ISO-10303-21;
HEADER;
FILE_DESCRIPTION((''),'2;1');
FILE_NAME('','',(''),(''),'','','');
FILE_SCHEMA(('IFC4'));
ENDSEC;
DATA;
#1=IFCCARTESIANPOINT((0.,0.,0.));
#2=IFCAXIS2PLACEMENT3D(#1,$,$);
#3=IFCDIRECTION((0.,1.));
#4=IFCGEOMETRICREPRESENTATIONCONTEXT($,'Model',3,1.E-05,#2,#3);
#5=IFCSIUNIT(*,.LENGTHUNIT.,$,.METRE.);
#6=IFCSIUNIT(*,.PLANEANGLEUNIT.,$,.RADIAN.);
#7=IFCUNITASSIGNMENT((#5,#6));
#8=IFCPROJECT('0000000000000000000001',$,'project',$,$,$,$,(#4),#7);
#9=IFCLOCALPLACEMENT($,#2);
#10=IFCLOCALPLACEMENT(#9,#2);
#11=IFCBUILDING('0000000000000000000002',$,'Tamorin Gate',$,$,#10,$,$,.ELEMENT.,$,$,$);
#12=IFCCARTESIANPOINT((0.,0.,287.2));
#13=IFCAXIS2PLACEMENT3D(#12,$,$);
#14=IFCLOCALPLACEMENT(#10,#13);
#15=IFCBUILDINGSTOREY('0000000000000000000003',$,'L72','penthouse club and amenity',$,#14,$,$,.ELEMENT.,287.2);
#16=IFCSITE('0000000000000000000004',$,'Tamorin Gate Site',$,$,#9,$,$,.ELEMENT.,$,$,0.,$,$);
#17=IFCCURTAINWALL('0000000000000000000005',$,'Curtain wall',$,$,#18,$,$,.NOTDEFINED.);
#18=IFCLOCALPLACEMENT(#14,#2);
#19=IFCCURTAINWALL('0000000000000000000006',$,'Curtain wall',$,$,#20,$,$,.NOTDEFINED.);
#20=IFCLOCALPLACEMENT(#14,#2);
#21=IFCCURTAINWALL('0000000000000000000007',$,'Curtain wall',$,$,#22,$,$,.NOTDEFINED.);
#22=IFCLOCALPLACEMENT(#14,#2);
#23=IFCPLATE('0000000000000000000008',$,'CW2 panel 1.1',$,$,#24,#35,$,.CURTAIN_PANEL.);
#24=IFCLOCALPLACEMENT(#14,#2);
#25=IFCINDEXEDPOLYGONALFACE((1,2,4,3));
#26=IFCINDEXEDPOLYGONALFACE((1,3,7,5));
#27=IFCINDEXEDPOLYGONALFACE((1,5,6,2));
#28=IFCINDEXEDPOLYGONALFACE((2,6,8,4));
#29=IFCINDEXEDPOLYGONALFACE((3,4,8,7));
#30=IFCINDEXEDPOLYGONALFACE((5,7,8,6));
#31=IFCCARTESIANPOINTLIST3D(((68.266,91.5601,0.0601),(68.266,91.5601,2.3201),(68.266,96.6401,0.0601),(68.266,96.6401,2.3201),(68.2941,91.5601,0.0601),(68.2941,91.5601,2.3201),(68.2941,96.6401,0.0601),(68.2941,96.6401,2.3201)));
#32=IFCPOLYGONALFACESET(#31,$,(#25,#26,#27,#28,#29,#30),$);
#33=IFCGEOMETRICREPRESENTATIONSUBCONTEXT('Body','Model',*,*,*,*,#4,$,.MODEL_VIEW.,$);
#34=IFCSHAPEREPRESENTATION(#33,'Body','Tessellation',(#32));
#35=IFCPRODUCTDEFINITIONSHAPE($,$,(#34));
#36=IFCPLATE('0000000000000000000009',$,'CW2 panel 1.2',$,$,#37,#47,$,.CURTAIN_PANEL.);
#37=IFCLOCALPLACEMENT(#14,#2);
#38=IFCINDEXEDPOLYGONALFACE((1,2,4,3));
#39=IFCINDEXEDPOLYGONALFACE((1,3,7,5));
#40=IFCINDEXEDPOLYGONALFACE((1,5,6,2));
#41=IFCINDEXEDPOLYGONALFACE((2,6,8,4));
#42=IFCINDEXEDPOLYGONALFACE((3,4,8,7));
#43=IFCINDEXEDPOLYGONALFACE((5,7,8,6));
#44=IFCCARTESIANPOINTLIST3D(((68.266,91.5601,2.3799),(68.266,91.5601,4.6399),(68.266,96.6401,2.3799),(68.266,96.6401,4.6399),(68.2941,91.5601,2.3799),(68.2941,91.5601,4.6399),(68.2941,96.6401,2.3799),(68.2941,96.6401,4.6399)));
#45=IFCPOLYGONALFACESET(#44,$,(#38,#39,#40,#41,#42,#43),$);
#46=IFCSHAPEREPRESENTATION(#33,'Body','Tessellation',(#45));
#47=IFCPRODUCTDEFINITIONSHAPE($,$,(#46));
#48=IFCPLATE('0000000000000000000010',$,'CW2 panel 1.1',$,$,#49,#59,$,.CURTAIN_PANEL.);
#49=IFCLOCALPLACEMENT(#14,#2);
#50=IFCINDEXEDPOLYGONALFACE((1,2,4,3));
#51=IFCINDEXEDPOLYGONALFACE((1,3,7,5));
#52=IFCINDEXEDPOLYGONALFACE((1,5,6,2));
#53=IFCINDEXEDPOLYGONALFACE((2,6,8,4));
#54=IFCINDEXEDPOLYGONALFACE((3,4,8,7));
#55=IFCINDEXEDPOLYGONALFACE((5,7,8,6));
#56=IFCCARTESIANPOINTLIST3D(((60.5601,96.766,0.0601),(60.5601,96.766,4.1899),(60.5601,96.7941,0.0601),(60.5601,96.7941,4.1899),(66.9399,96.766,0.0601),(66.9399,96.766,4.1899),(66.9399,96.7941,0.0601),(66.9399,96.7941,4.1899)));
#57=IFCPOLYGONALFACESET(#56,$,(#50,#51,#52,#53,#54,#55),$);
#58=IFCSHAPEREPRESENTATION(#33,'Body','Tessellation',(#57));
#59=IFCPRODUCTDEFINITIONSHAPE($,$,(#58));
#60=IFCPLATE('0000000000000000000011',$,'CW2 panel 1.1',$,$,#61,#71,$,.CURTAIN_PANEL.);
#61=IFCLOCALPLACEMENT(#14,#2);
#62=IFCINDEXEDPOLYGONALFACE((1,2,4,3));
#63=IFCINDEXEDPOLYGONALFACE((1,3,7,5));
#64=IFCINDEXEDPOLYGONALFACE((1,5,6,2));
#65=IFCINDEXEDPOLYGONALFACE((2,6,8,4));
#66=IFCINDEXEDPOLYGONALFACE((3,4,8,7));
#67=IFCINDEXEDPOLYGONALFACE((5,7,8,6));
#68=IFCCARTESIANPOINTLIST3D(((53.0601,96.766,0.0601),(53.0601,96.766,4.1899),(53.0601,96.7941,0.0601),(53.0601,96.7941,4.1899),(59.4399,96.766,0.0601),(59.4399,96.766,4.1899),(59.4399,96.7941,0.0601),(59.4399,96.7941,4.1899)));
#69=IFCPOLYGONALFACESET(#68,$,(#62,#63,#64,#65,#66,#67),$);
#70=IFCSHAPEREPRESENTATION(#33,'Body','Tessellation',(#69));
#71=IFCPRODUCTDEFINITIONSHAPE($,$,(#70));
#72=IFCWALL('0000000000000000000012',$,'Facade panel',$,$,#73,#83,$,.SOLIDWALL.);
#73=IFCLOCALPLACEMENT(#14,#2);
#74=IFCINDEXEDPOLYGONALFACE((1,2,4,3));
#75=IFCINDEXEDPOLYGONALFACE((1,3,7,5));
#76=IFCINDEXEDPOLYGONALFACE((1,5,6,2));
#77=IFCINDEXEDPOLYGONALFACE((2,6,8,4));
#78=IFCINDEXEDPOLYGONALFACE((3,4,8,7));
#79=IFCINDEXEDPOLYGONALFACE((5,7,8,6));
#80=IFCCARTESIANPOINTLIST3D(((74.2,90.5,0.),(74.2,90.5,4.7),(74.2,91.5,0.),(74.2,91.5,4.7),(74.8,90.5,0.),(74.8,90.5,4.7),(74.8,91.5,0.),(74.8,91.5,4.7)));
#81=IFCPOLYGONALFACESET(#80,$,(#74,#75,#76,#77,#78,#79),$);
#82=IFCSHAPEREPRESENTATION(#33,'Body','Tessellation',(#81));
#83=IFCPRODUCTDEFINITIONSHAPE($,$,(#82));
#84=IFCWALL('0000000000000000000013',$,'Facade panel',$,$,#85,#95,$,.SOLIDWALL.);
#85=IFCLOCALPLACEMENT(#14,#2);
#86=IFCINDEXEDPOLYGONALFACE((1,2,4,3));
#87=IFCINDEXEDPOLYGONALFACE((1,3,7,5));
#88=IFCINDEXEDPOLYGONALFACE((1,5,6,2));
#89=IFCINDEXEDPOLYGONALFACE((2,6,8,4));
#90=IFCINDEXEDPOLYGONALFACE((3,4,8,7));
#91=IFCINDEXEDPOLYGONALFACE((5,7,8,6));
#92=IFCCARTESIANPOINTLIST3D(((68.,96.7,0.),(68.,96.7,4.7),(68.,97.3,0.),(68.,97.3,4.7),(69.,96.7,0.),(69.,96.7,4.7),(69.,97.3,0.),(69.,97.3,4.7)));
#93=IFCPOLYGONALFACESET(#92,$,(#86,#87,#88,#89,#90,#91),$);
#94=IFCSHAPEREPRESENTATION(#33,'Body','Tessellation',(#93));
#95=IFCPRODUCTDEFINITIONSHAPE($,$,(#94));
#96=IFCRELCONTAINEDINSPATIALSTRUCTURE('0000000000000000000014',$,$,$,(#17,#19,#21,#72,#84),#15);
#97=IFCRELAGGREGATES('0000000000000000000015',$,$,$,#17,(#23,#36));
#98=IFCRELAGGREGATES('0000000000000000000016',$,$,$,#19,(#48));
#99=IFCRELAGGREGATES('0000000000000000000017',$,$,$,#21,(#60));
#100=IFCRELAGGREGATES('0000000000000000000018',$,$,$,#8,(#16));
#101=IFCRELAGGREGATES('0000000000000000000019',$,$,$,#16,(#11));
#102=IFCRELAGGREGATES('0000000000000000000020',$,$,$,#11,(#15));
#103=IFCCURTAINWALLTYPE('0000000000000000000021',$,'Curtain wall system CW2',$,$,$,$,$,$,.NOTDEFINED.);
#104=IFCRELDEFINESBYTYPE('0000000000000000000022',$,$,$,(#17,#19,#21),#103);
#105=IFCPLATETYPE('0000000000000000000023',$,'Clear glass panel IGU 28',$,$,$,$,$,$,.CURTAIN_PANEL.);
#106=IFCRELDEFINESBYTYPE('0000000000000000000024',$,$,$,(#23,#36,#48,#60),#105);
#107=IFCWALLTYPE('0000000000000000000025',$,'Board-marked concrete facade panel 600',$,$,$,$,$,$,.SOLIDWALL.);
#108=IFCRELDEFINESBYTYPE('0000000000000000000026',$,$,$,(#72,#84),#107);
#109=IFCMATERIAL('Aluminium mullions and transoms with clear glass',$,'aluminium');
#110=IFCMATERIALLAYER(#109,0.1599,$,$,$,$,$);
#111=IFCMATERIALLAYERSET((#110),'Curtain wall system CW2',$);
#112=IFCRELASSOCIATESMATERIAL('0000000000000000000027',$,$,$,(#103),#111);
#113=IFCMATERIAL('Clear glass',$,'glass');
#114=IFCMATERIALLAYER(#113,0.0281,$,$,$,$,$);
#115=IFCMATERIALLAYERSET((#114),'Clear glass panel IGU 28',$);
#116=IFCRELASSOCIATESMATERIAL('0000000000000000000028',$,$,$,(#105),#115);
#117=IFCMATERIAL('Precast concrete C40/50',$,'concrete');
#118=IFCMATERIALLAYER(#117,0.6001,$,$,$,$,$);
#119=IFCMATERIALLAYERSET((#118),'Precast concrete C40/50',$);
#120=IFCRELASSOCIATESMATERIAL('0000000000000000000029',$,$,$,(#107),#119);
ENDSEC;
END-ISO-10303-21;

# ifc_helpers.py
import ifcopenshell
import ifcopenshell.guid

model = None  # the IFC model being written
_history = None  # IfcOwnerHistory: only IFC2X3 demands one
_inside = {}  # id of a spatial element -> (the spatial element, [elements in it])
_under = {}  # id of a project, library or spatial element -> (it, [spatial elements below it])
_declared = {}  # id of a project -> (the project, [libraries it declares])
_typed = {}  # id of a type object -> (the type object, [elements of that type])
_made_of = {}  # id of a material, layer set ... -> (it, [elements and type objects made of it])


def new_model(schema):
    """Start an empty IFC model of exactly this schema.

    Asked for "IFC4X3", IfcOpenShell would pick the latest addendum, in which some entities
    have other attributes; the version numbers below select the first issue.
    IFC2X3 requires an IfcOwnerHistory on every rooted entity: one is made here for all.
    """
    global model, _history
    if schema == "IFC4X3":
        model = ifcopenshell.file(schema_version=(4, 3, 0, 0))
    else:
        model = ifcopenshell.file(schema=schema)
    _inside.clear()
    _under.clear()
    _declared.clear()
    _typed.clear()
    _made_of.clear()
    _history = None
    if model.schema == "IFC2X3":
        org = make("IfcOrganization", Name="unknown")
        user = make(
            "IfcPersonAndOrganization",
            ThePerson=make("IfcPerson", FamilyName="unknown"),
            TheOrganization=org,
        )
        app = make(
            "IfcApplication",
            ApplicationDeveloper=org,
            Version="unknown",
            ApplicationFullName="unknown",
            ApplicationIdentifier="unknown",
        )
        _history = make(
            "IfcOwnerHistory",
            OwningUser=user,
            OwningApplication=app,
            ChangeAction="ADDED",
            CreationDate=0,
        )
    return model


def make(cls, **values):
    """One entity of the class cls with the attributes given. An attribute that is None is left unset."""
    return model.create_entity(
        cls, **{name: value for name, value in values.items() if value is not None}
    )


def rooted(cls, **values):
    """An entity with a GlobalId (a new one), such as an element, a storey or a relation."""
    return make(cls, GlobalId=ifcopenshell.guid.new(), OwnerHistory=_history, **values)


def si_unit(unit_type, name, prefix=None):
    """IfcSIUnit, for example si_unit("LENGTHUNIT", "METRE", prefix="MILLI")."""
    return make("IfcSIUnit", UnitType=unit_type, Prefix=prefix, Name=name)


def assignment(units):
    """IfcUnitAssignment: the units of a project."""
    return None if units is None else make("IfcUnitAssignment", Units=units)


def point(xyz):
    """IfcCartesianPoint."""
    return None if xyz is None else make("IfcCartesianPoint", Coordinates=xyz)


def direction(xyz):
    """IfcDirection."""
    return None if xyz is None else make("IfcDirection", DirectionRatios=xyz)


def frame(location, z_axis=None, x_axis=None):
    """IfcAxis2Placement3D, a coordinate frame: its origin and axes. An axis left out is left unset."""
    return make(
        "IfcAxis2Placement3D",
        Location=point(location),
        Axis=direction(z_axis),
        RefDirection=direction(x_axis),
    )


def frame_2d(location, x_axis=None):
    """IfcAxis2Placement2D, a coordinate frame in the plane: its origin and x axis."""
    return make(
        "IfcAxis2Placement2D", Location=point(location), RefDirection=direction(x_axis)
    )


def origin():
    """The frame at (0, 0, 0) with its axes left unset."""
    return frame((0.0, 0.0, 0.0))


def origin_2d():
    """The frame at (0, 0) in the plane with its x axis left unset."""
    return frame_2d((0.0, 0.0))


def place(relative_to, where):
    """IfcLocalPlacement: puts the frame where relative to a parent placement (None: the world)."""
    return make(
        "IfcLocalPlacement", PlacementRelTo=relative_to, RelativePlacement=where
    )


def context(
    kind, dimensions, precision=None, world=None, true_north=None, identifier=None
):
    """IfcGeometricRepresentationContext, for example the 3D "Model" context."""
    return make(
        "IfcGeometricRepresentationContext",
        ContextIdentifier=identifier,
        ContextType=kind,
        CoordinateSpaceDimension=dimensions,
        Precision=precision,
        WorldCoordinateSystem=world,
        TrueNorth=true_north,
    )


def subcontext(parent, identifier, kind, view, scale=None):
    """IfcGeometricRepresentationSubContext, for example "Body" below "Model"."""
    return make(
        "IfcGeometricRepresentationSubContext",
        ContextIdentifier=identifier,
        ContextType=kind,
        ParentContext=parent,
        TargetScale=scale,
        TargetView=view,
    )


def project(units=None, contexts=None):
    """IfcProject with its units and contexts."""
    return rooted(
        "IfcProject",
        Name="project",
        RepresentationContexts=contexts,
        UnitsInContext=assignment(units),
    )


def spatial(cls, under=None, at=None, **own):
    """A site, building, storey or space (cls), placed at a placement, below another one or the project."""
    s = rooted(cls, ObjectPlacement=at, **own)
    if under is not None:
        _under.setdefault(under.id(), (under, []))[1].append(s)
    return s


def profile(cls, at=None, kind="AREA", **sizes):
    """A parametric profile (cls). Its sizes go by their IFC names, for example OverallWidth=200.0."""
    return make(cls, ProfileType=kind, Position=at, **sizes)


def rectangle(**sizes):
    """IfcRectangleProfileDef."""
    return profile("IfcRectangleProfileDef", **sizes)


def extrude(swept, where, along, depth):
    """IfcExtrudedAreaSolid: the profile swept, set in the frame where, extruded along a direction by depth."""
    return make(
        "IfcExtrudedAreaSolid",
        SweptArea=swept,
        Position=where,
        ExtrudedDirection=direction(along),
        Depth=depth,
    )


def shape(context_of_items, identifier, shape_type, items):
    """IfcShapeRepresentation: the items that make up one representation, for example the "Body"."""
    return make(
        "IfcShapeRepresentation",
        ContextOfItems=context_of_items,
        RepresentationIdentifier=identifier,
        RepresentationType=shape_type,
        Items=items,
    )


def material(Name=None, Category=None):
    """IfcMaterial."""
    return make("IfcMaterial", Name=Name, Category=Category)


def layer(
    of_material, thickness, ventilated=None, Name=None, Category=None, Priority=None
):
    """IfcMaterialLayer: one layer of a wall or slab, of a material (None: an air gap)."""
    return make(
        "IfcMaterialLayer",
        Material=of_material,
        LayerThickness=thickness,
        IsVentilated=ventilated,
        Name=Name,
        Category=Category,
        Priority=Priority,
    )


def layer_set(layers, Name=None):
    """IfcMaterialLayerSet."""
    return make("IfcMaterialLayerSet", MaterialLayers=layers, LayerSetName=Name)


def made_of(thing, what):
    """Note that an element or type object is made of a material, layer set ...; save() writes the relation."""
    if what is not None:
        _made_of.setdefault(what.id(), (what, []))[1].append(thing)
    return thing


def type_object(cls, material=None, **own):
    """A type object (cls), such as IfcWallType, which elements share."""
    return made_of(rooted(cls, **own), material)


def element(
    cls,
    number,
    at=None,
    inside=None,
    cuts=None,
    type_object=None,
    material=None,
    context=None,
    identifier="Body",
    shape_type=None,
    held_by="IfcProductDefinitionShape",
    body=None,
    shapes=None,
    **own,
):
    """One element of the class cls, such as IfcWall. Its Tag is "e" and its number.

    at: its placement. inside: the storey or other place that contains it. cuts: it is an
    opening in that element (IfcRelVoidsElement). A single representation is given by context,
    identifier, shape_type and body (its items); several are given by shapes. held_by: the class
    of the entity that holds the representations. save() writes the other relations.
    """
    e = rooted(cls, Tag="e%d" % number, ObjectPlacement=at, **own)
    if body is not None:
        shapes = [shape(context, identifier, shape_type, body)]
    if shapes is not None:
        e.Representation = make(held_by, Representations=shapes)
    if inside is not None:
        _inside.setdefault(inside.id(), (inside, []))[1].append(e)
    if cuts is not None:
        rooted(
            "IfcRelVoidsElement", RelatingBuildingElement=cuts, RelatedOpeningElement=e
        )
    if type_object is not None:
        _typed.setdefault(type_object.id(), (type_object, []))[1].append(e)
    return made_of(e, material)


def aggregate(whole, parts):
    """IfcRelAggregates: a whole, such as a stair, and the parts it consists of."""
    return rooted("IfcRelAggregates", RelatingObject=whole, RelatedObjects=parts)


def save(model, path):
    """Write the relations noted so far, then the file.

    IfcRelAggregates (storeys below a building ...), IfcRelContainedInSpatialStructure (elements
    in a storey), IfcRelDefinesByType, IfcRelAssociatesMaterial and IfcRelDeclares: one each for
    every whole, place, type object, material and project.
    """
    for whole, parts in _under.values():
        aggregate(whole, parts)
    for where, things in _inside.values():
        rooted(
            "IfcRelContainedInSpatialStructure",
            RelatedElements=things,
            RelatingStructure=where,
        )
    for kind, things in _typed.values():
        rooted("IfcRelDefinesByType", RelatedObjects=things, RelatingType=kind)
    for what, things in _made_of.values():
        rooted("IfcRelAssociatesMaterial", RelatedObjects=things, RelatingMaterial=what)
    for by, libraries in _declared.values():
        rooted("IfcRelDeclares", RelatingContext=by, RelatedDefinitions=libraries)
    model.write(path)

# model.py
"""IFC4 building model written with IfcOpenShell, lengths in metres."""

from ifc_helpers import new_model, si_unit, direction, frame, frame_2d, origin, origin_2d, place, context, subcontext, project, spatial, rectangle, extrude, material, layer, layer_set, type_object, element, aggregate, save


model = new_model("IFC4")

# Units and contexts
model_context = context("Model", 3, precision=1e-05, world=origin(), true_north=direction((0.0, 1.0)))
body_context = subcontext(model_context, "Body", "Model", "MODEL_VIEW")
ifc_project = project(units=[si_unit("LENGTHUNIT", "METRE"), si_unit("PLANEANGLEUNIT", "RADIAN")], contexts=[model_context])

# Site, building, storey
site_placement = place(None, origin())
site = spatial("IfcSite", under=ifc_project, at=site_placement, Name="Tamorin Gate Site", CompositionType="ELEMENT", RefElevation=0.0)
building_placement = place(site_placement, origin())
building = spatial("IfcBuilding", under=site, at=building_placement, Name="Tamorin Gate", CompositionType="ELEMENT")
storey_placement = place(building_placement, frame((0.0, 0.0, 287.2)))
storey = spatial("IfcBuildingStorey", under=building, at=storey_placement, Name="L72", Description="penthouse club and amenity", CompositionType="ELEMENT", Elevation=287.2)

# Curtain walls
ifc_material_1 = material(Name="Aluminium mullions and transoms with clear glass", Category="aluminium")
ifc_layer_1 = layer(ifc_material_1, 0.1599)
ifc_layer_set_1 = layer_set([ifc_layer_1], Name="Curtain wall system CW2")
curtain_wall_type = type_object("IfcCurtainWallType", Name="Curtain wall system CW2", PredefinedType="NOTDEFINED", material=ifc_layer_set_1)
curtain_wall_1_placement = place(storey_placement, origin())
curtain_wall_1 = element("IfcCurtainWall", 1, at=curtain_wall_1_placement, inside=storey, type_object=curtain_wall_type, Name="Curtain wall", PredefinedType="NOTDEFINED")
curtain_wall_2_placement = place(storey_placement, origin())
curtain_wall_2 = element("IfcCurtainWall", 2, at=curtain_wall_2_placement, inside=storey, type_object=curtain_wall_type, Name="Curtain wall", PredefinedType="NOTDEFINED")
curtain_wall_3_placement = place(storey_placement, origin())
curtain_wall_3 = element("IfcCurtainWall", 3, at=curtain_wall_3_placement, inside=storey, type_object=curtain_wall_type, Name="Curtain wall", PredefinedType="NOTDEFINED")

# Plates
ifc_material_2 = material(Name="Clear glass", Category="glass")
ifc_layer_2 = layer(ifc_material_2, 0.0281)
ifc_layer_set_2 = layer_set([ifc_layer_2], Name="Clear glass panel IGU 28")
plate_type = type_object("IfcPlateType", Name="Clear glass panel IGU 28", PredefinedType="CURTAIN_PANEL", material=ifc_layer_set_2)
plate_1_placement = place(storey_placement, frame((68.28, 94.1001, 0.0601), z_axis=(0.0, 0.0, 1.0), x_axis=(0.0, 1.0, 0.0)))
plate_1 = element("IfcPlate", 4, at=plate_1_placement, type_object=plate_type, Name="CW2 panel 1.1", PredefinedType="CURTAIN_PANEL", context=body_context, shape_type="SweptSolid", body=[
    extrude(rectangle(XDim=5.0801, YDim=0.0281, at=origin_2d()), origin(), (0.0, 0.0, 1.0), 2.26),
])
plate_2_placement = place(storey_placement, frame((68.28, 94.1001, 2.3799), z_axis=(0.0, 0.0, 1.0), x_axis=(0.0, 1.0, 0.0)))
plate_2 = element("IfcPlate", 5, at=plate_2_placement, type_object=plate_type, Name="CW2 panel 1.2", PredefinedType="CURTAIN_PANEL", context=body_context, shape_type="SweptSolid", body=[
    extrude(rectangle(XDim=5.0801, YDim=0.0281, at=origin_2d()), origin(), (0.0, 0.0, 1.0), 2.26),
])
aggregate(curtain_wall_1, [plate_1, plate_2])
plate_3_placement = place(storey_placement, frame((63.75, 96.78, 0.0601), z_axis=(0.0, 0.0, 1.0), x_axis=(-1.0, 0.0, 0.0)))
plate_3 = element("IfcPlate", 6, at=plate_3_placement, type_object=plate_type, Name="CW2 panel 1.1", PredefinedType="CURTAIN_PANEL", context=body_context, shape_type="SweptSolid", body=[
    extrude(rectangle(XDim=6.3799, YDim=0.0281, at=origin_2d()), origin(), (0.0, 0.0, 1.0), 4.1299),
])
aggregate(curtain_wall_2, [plate_3])
plate_4_placement = place(storey_placement, frame((56.25, 96.78, 0.0601), z_axis=(0.0, 0.0, 1.0), x_axis=(-1.0, 0.0, 0.0)))
plate_4 = element("IfcPlate", 7, at=plate_4_placement, type_object=plate_type, Name="CW2 panel 1.1", PredefinedType="CURTAIN_PANEL", context=body_context, shape_type="SweptSolid", body=[
    extrude(rectangle(XDim=6.3799, YDim=0.0281, at=origin_2d()), origin(), (0.0, 0.0, 1.0), 4.1299),
])
aggregate(curtain_wall_3, [plate_4])

# Walls
ifc_material_3 = material(Name="Precast concrete C40/50", Category="concrete")
ifc_layer_3 = layer(ifc_material_3, 0.6001)
ifc_layer_set_3 = layer_set([ifc_layer_3], Name="Precast concrete C40/50")
wall_type = type_object("IfcWallType", Name="Board-marked concrete facade panel 600", PredefinedType="SOLIDWALL", material=ifc_layer_set_3)
for number, where, z_axis, x_axis, name in (
    (8, (74.5, 90.5, 0.0), (0.0, 0.0, 1.0), (0.0, 1.0, 0.0), "Facade panel"),
    (9, (69.0, 97.0, 0.0), (0.0, 0.0, 1.0), (-1.0, 0.0, 0.0), "Facade panel"),
):
    element("IfcWall", number, at=place(storey_placement, frame(where, z_axis=z_axis, x_axis=x_axis)), inside=storey, type_object=wall_type, Name=name, PredefinedType="SOLIDWALL", context=body_context, shape_type="SweptSolid", body=[
        extrude(rectangle(XDim=1.0, YDim=0.6001, at=frame_2d((0.5, 0.0))), origin(), (0.0, 0.0, 1.0), 4.7),
    ])

save(model, "model.ifc")
